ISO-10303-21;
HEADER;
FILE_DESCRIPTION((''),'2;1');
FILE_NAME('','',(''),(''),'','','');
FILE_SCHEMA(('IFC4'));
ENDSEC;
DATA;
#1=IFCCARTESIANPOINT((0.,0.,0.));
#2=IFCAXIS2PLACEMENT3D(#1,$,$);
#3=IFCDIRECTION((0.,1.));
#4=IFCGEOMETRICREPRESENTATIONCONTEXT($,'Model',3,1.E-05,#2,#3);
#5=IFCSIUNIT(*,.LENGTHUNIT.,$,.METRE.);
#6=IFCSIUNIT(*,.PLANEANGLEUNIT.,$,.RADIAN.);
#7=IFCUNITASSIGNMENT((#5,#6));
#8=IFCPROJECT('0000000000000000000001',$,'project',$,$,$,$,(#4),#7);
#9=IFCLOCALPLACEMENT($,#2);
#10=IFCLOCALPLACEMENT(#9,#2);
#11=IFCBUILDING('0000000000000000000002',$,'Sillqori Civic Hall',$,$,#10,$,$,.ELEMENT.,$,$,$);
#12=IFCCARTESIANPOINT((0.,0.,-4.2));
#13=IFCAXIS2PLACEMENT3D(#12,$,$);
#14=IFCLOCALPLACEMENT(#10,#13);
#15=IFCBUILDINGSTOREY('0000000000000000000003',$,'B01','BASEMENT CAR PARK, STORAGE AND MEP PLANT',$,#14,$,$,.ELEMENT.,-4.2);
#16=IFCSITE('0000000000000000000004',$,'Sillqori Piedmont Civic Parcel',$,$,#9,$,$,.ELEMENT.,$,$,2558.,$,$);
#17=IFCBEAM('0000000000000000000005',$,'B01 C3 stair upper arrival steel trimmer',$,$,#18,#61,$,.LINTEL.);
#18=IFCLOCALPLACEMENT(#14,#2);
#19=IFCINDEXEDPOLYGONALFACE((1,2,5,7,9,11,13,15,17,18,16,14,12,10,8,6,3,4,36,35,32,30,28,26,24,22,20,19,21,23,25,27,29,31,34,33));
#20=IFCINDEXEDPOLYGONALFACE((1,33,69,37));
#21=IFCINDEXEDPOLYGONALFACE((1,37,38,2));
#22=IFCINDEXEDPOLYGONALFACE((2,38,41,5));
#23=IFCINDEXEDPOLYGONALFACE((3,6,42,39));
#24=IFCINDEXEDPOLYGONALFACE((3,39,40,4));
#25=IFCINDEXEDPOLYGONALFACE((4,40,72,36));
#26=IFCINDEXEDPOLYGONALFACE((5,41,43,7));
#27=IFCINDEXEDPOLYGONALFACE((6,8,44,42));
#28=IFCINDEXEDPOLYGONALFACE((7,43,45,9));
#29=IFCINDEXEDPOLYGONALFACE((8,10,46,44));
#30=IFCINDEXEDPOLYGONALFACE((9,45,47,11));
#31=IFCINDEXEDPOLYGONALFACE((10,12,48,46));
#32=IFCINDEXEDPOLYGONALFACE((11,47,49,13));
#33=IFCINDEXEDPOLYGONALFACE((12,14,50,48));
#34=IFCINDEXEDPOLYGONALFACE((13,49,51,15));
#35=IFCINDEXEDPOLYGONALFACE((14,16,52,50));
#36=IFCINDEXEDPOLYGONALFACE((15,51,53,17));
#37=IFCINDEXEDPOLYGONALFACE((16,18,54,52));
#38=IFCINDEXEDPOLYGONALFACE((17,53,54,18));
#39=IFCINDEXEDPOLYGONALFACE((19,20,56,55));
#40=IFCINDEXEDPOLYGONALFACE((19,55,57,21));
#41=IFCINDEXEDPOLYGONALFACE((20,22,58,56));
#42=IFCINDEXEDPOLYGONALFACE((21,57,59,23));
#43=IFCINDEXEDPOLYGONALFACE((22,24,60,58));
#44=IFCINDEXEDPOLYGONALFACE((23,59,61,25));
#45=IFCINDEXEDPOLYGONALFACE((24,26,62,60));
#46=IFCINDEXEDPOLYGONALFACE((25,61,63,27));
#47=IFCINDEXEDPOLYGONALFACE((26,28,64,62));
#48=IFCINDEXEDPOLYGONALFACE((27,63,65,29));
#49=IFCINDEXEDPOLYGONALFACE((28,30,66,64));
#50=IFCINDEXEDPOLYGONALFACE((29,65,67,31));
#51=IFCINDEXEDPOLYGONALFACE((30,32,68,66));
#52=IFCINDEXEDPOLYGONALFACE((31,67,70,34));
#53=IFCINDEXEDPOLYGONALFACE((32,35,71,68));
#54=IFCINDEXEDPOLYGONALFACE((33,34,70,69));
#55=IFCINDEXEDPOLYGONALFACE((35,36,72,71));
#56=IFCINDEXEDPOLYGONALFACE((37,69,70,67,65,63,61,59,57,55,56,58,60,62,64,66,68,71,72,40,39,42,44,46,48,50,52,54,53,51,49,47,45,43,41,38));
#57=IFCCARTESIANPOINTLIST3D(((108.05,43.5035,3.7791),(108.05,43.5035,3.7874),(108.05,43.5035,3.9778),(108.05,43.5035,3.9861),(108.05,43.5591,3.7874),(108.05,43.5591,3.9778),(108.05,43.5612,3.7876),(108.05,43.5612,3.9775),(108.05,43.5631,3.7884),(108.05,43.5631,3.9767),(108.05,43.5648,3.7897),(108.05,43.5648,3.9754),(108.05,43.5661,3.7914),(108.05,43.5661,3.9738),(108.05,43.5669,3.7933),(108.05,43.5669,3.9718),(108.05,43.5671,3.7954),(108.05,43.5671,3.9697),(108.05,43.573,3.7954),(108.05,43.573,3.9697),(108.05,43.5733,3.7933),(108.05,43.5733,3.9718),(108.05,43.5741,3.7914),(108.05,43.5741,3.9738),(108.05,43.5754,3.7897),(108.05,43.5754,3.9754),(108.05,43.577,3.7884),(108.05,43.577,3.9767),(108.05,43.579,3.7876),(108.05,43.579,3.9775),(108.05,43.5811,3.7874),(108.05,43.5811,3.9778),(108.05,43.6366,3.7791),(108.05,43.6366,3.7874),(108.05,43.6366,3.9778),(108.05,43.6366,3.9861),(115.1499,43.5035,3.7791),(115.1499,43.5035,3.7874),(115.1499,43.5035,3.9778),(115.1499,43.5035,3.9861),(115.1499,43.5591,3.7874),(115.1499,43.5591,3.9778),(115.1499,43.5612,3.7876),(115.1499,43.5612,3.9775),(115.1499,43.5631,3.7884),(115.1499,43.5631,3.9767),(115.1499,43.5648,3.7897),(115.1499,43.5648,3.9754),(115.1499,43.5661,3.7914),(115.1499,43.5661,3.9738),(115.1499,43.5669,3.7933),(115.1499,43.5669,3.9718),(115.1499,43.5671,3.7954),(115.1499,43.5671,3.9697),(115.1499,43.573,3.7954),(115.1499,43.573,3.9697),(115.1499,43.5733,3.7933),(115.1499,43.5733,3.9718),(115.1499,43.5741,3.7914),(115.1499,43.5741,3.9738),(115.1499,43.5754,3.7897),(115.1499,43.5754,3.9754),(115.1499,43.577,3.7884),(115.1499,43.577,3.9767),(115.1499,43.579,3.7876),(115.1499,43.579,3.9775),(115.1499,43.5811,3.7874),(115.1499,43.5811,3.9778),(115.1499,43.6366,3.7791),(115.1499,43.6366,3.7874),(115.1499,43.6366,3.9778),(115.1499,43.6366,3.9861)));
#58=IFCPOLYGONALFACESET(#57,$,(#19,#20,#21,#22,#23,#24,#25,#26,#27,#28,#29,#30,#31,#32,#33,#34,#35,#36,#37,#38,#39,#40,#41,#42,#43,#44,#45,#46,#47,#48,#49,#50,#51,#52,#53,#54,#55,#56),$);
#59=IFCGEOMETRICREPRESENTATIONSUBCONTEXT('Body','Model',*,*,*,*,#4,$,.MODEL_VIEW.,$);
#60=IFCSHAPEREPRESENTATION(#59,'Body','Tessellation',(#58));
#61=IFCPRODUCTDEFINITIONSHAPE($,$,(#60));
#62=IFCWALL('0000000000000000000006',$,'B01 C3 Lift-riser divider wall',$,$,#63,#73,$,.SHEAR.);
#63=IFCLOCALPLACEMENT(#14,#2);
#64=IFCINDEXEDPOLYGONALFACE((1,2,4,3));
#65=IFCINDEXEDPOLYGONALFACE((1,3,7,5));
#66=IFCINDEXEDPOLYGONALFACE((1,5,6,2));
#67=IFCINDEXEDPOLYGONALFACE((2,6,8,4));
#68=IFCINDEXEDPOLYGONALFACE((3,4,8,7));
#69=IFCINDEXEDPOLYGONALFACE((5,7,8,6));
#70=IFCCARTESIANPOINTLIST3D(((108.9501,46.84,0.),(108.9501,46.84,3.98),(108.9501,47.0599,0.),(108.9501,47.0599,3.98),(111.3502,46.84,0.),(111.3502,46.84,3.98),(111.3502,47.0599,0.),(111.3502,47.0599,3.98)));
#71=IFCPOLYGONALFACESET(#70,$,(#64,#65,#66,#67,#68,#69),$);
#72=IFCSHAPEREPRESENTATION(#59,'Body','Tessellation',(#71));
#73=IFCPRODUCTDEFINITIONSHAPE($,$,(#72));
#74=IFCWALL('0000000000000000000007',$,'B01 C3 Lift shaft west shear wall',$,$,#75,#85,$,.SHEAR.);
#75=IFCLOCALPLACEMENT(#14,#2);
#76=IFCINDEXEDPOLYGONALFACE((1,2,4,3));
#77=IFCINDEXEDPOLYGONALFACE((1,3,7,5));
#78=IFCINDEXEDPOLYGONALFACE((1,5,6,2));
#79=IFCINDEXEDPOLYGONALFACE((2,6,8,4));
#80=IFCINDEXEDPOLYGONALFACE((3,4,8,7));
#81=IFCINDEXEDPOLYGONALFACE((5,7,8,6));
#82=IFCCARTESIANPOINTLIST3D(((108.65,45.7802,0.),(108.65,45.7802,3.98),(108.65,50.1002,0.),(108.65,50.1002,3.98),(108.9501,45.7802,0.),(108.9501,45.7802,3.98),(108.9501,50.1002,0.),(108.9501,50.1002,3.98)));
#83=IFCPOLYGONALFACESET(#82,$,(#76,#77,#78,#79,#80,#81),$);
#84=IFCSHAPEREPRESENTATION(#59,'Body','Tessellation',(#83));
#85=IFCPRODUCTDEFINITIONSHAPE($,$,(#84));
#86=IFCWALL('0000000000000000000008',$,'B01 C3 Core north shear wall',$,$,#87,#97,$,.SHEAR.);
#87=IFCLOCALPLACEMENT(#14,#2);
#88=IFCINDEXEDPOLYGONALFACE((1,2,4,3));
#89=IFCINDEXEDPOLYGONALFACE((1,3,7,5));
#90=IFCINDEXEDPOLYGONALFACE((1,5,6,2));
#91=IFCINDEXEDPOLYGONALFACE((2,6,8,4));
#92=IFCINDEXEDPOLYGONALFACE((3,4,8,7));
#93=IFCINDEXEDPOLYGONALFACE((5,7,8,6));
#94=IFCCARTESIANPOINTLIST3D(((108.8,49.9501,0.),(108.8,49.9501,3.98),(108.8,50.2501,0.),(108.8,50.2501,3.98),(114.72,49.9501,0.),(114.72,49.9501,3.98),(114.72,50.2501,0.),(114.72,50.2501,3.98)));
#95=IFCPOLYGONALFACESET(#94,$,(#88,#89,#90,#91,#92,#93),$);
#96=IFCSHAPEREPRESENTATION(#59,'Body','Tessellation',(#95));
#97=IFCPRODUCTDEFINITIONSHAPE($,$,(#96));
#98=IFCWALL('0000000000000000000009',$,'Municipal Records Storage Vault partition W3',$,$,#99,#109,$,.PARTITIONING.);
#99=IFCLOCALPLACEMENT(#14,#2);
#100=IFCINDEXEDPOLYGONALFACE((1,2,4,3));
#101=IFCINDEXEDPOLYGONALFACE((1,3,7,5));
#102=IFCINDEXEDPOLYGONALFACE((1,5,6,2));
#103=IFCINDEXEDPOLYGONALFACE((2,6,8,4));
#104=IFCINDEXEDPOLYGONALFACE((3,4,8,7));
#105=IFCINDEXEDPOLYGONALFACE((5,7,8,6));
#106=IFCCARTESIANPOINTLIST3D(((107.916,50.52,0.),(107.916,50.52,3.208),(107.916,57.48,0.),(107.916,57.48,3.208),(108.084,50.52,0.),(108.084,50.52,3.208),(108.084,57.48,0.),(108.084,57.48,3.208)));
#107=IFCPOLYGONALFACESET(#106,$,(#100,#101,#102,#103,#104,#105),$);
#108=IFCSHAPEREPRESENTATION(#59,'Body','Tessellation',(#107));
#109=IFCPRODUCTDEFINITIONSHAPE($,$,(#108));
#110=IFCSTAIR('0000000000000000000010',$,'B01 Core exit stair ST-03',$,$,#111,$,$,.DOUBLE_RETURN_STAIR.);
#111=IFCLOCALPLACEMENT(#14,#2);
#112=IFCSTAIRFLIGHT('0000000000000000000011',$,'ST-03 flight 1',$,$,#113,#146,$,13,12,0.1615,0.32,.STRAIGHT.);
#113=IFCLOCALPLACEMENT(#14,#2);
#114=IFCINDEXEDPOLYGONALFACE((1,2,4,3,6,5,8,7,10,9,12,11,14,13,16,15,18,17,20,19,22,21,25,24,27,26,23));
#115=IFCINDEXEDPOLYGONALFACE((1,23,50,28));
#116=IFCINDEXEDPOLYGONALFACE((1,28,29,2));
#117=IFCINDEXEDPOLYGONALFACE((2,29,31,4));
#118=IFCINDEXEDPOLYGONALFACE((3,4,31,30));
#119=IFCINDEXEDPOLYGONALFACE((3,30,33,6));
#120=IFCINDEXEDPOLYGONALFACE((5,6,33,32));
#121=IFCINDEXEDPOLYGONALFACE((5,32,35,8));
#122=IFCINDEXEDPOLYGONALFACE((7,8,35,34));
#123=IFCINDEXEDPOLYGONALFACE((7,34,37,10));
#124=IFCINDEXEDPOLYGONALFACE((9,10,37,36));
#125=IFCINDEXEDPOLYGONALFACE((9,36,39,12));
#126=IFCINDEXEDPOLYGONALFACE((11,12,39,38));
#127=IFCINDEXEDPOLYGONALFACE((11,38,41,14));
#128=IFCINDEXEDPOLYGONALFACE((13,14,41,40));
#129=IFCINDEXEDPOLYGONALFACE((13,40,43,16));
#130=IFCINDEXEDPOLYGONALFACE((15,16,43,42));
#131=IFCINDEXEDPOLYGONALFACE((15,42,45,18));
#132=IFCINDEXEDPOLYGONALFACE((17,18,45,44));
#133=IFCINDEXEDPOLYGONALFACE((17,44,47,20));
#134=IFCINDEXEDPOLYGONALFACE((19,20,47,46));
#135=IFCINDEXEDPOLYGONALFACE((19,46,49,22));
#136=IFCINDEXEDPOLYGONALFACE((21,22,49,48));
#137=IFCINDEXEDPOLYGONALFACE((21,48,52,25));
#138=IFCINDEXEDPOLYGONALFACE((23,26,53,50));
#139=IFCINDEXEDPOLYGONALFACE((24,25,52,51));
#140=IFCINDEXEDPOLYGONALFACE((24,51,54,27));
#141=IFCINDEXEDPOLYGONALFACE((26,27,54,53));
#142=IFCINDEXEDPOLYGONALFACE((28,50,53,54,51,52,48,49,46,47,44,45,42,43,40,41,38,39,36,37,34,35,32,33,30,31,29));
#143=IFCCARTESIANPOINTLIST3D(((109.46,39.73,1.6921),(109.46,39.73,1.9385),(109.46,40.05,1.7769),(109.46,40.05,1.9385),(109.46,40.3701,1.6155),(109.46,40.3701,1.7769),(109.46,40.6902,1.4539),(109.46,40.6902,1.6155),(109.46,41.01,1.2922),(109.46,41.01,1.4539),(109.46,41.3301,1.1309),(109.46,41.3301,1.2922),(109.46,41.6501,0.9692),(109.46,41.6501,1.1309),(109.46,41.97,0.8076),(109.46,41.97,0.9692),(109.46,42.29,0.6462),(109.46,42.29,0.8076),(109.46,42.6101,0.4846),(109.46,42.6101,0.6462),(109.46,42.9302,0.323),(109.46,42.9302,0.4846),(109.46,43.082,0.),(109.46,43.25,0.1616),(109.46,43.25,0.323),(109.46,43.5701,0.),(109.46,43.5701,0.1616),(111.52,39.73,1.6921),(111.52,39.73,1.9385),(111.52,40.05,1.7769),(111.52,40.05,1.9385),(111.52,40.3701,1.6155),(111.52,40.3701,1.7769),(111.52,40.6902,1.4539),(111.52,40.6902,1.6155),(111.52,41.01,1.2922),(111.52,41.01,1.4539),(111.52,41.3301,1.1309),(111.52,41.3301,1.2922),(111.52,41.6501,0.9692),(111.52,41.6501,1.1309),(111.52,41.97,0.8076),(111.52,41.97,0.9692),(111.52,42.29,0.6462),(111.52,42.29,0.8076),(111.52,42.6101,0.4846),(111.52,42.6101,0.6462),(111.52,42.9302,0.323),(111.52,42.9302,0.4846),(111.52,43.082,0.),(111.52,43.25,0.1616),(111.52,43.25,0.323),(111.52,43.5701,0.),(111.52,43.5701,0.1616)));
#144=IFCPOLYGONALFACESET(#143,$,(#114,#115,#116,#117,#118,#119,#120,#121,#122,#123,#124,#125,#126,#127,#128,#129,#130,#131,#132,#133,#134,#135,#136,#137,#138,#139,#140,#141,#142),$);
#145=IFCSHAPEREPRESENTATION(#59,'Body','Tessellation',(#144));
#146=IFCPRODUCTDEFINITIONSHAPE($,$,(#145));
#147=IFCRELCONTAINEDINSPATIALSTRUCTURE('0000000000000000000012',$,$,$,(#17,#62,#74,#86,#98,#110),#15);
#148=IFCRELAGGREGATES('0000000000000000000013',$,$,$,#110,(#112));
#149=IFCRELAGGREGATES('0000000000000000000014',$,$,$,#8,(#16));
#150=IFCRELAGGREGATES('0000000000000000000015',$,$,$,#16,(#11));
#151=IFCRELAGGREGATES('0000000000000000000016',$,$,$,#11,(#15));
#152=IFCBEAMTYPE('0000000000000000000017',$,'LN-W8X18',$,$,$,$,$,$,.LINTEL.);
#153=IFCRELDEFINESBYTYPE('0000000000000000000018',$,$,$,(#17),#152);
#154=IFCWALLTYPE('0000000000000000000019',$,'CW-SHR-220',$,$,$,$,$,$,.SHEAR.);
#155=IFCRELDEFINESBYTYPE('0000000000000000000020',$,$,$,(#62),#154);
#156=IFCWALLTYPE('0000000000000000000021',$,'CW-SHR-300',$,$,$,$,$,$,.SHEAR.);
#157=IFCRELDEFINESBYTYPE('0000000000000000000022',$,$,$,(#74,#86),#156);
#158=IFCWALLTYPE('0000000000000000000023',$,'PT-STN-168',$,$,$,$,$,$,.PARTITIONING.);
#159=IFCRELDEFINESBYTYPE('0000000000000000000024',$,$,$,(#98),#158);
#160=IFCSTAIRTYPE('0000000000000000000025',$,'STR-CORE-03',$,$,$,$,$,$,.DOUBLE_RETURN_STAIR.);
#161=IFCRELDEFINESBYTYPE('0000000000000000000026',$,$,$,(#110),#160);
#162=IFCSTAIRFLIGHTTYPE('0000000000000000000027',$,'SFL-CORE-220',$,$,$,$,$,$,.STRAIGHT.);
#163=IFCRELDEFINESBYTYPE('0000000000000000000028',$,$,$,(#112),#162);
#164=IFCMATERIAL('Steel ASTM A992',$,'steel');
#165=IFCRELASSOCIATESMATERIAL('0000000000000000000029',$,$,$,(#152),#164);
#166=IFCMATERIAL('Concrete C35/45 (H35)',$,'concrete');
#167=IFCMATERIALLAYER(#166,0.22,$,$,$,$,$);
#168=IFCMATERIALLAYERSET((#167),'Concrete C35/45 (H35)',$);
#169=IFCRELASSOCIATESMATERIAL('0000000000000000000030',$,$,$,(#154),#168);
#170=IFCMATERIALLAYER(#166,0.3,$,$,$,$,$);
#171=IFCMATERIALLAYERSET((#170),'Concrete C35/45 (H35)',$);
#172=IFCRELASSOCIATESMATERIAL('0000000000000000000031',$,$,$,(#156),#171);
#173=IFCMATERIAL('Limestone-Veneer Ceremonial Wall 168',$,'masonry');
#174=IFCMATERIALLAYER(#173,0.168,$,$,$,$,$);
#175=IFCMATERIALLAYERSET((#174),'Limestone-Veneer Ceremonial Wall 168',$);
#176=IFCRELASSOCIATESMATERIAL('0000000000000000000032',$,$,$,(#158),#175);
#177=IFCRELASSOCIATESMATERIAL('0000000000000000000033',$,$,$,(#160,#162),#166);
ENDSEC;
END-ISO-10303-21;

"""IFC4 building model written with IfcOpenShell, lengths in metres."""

from ifc_helpers import new_model, si_unit, direction, frame, frame_2d, origin, origin_2d, place, context, subcontext, project, spatial, polyline, rectangle, i_section, outline, extrude, material, layer, layer_set, material_profile, profile_set, type_object, element, aggregate, save


model = new_model("IFC4")

# Units and contexts
model_context = context("Model", 3, precision=1e-05, world=origin(), true_north=direction((0.0, 1.0)))
body_context = subcontext(model_context, "Body", "Model", "MODEL_VIEW")
ifc_project = project(units=[si_unit("LENGTHUNIT", "METRE"), si_unit("PLANEANGLEUNIT", "RADIAN")], contexts=[model_context])

# Site, building, storey
site_placement = place(None, origin())
site = spatial("IfcSite", under=ifc_project, at=site_placement, Name="Sillqori Piedmont Civic Parcel", CompositionType="ELEMENT", RefElevation=2558.0)
building_placement = place(site_placement, origin())
building = spatial("IfcBuilding", under=site, at=building_placement, Name="Sillqori Civic Hall", CompositionType="ELEMENT")
storey_placement = place(building_placement, frame((0.0, 0.0, -4.2)))
storey = spatial("IfcBuildingStorey", under=building, at=storey_placement, Name="B01", Description="BASEMENT CAR PARK, STORAGE AND MEP PLANT", CompositionType="ELEMENT", Elevation=-4.2)

# Shared definitions
ifc_material_1 = material(Name="Concrete C35/45 (H35)", Category="concrete")

# Beam
ifc_material_2 = material(Name="Steel ASTM A992", Category="steel")
ifc_material_profile_1 = material_profile(ifc_material_2, i_section(OverallWidth=0.1331, OverallDepth=0.207, WebThickness=0.0059, FlangeThickness=0.0083, FilletRadius=0.0081, at=origin_2d()), Name="W8X18")
ifc_profile_set_1 = profile_set([ifc_material_profile_1], Name="Steel ASTM A992")
beam_type_1 = type_object("IfcBeamType", Name="LN-W8X18", PredefinedType="LINTEL", material=ifc_profile_set_1)
beam_1_placement = place(storey_placement, frame((108.05, 43.5701, 3.8826), z_axis=(1.0, 0.0, 0.0), x_axis=(0.0, 1.0, 0.0)))
element("IfcBeam", 1, at=beam_1_placement, inside=storey, type_object=beam_type_1, Name="B01 C3 stair upper arrival steel trimmer", PredefinedType="LINTEL", context=body_context, shape_type="SweptSolid", body=[
    extrude(i_section(OverallWidth=0.1331, OverallDepth=0.207, WebThickness=0.0059, FlangeThickness=0.0083, FilletRadius=0.0081, at=origin_2d()), origin(), (0.0, 0.0, 1.0), 7.0999),
])

# Wall
ifc_layer_1 = layer(ifc_material_1, 0.22)
ifc_layer_set_1 = layer_set([ifc_layer_1], Name="Concrete C35/45 (H35)")
wall_type_1 = type_object("IfcWallType", Name="CW-SHR-220", PredefinedType="SHEAR", material=ifc_layer_set_1)
wall_1_placement = place(storey_placement, frame((108.95, 46.95, 0.0), z_axis=(0.0, 0.0, 1.0), x_axis=(1.0, 0.0, 0.0)))
element("IfcWall", 2, at=wall_1_placement, inside=storey, type_object=wall_type_1, Name="B01 C3 Lift-riser divider wall", PredefinedType="SHEAR", context=body_context, shape_type="SweptSolid", body=[
    extrude(rectangle(XDim=2.4001, YDim=0.22, at=frame_2d((1.2002, 0.0))), origin(), (0.0, 0.0, 1.0), 3.98),
])

# Walls
ifc_layer_2 = layer(ifc_material_1, 0.3)
ifc_layer_set_2 = layer_set([ifc_layer_2], Name="Concrete C35/45 (H35)")
wall_type_2 = type_object("IfcWallType", Name="CW-SHR-300", PredefinedType="SHEAR", material=ifc_layer_set_2)
wall_2_placement = place(storey_placement, frame((108.8, 45.78, 0.0), z_axis=(0.0, 0.0, 1.0), x_axis=(0.0, 1.0, 0.0)))
element("IfcWall", 3, at=wall_2_placement, inside=storey, type_object=wall_type_2, Name="B01 C3 Lift shaft west shear wall", PredefinedType="SHEAR", context=body_context, shape_type="SweptSolid", body=[
    extrude(rectangle(XDim=4.3201, YDim=0.3, at=frame_2d((2.1602, 0.0))), origin(), (0.0, 0.0, 1.0), 3.98),
])
wall_3_placement = place(storey_placement, frame((108.8, 50.1001, 0.0), z_axis=(0.0, 0.0, 1.0), x_axis=(1.0, 0.0, 0.0)))
element("IfcWall", 4, at=wall_3_placement, inside=storey, type_object=wall_type_2, Name="B01 C3 Core north shear wall", PredefinedType="SHEAR", context=body_context, shape_type="SweptSolid", body=[
    extrude(rectangle(XDim=5.9199, YDim=0.3, at=frame_2d((2.96, 0.0))), origin(), (0.0, 0.0, 1.0), 3.98),
])
ifc_material_3 = material(Name="Limestone-Veneer Ceremonial Wall 168", Category="masonry")
ifc_layer_3 = layer(ifc_material_3, 0.168)
ifc_layer_set_3 = layer_set([ifc_layer_3], Name="Limestone-Veneer Ceremonial Wall 168")
wall_type_3 = type_object("IfcWallType", Name="PT-STN-168", PredefinedType="PARTITIONING", material=ifc_layer_set_3)
wall_4_placement = place(storey_placement, frame((108.0, 50.52, 0.0), z_axis=(0.0, 0.0, 1.0), x_axis=(0.0, 1.0, 0.0)))
element("IfcWall", 5, at=wall_4_placement, inside=storey, type_object=wall_type_3, Name="Municipal Records Storage Vault partition W3", PredefinedType="PARTITIONING", context=body_context, shape_type="SweptSolid", body=[
    extrude(rectangle(XDim=6.96, YDim=0.168, at=frame_2d((3.48, 0.0))), origin(), (0.0, 0.0, 1.0), 3.208),
])

# Stair, stair flight
stair_type = type_object("IfcStairType", Name="STR-CORE-03", PredefinedType="DOUBLE_RETURN_STAIR", material=ifc_material_1)
stair_placement = place(storey_placement, origin())
stair = element("IfcStair", 6, at=stair_placement, inside=storey, type_object=stair_type, Name="B01 Core exit stair ST-03", PredefinedType="DOUBLE_RETURN_STAIR")
stair_flight_type = type_object("IfcStairFlightType", Name="SFL-CORE-220", PredefinedType="STRAIGHT", material=ifc_material_1)
stair_flight_placement = place(storey_placement, frame((110.49, 43.5701, 0.0), z_axis=(0.0, 0.0, 1.0), x_axis=(0.0, -1.0, 0.0)))
stair_flight = element("IfcStairFlight", 7, at=stair_flight_placement, type_object=stair_flight_type, Name="ST-03 flight 1", NumberOfRisers=13, NumberOfTreads=12, PredefinedType="STRAIGHT", RiserHeight=0.1615, TreadLength=0.32, context=body_context, shape_type="SweptSolid", body=[
    extrude(outline(polyline([(0.0, 0.0), (0.0, 0.1616), (0.3201, 0.1616), (0.3201, 0.323), (0.6399, 0.323), (0.6399, 0.4846), (0.96, 0.4846), (0.96, 0.6462), (1.28, 0.6462), (1.28, 0.8076), (1.6001, 0.8076), (1.6001, 0.9692), (1.9199, 0.9692), (1.9199, 1.1309), (2.24, 1.1309), (2.24, 1.2922), (2.5601, 1.2922), (2.5601, 1.4539), (2.8799, 1.4539), (2.8799, 1.6155), (3.2, 1.6155), (3.2, 1.7769), (3.52, 1.7769), (3.52, 1.9385), (3.8401, 1.9385), (3.8401, 2.1001), (3.8401, 1.6921), (0.488, 0.0), (0.0, 0.0)])), frame((0.0, 1.03, 0.0), z_axis=(0.0, -1.0, 0.0), x_axis=(1.0, 0.0, 0.0)), (0.0, 0.0, 1.0), 2.0601),
])
aggregate(stair, [stair_flight])

save(model, "model.ifc")
